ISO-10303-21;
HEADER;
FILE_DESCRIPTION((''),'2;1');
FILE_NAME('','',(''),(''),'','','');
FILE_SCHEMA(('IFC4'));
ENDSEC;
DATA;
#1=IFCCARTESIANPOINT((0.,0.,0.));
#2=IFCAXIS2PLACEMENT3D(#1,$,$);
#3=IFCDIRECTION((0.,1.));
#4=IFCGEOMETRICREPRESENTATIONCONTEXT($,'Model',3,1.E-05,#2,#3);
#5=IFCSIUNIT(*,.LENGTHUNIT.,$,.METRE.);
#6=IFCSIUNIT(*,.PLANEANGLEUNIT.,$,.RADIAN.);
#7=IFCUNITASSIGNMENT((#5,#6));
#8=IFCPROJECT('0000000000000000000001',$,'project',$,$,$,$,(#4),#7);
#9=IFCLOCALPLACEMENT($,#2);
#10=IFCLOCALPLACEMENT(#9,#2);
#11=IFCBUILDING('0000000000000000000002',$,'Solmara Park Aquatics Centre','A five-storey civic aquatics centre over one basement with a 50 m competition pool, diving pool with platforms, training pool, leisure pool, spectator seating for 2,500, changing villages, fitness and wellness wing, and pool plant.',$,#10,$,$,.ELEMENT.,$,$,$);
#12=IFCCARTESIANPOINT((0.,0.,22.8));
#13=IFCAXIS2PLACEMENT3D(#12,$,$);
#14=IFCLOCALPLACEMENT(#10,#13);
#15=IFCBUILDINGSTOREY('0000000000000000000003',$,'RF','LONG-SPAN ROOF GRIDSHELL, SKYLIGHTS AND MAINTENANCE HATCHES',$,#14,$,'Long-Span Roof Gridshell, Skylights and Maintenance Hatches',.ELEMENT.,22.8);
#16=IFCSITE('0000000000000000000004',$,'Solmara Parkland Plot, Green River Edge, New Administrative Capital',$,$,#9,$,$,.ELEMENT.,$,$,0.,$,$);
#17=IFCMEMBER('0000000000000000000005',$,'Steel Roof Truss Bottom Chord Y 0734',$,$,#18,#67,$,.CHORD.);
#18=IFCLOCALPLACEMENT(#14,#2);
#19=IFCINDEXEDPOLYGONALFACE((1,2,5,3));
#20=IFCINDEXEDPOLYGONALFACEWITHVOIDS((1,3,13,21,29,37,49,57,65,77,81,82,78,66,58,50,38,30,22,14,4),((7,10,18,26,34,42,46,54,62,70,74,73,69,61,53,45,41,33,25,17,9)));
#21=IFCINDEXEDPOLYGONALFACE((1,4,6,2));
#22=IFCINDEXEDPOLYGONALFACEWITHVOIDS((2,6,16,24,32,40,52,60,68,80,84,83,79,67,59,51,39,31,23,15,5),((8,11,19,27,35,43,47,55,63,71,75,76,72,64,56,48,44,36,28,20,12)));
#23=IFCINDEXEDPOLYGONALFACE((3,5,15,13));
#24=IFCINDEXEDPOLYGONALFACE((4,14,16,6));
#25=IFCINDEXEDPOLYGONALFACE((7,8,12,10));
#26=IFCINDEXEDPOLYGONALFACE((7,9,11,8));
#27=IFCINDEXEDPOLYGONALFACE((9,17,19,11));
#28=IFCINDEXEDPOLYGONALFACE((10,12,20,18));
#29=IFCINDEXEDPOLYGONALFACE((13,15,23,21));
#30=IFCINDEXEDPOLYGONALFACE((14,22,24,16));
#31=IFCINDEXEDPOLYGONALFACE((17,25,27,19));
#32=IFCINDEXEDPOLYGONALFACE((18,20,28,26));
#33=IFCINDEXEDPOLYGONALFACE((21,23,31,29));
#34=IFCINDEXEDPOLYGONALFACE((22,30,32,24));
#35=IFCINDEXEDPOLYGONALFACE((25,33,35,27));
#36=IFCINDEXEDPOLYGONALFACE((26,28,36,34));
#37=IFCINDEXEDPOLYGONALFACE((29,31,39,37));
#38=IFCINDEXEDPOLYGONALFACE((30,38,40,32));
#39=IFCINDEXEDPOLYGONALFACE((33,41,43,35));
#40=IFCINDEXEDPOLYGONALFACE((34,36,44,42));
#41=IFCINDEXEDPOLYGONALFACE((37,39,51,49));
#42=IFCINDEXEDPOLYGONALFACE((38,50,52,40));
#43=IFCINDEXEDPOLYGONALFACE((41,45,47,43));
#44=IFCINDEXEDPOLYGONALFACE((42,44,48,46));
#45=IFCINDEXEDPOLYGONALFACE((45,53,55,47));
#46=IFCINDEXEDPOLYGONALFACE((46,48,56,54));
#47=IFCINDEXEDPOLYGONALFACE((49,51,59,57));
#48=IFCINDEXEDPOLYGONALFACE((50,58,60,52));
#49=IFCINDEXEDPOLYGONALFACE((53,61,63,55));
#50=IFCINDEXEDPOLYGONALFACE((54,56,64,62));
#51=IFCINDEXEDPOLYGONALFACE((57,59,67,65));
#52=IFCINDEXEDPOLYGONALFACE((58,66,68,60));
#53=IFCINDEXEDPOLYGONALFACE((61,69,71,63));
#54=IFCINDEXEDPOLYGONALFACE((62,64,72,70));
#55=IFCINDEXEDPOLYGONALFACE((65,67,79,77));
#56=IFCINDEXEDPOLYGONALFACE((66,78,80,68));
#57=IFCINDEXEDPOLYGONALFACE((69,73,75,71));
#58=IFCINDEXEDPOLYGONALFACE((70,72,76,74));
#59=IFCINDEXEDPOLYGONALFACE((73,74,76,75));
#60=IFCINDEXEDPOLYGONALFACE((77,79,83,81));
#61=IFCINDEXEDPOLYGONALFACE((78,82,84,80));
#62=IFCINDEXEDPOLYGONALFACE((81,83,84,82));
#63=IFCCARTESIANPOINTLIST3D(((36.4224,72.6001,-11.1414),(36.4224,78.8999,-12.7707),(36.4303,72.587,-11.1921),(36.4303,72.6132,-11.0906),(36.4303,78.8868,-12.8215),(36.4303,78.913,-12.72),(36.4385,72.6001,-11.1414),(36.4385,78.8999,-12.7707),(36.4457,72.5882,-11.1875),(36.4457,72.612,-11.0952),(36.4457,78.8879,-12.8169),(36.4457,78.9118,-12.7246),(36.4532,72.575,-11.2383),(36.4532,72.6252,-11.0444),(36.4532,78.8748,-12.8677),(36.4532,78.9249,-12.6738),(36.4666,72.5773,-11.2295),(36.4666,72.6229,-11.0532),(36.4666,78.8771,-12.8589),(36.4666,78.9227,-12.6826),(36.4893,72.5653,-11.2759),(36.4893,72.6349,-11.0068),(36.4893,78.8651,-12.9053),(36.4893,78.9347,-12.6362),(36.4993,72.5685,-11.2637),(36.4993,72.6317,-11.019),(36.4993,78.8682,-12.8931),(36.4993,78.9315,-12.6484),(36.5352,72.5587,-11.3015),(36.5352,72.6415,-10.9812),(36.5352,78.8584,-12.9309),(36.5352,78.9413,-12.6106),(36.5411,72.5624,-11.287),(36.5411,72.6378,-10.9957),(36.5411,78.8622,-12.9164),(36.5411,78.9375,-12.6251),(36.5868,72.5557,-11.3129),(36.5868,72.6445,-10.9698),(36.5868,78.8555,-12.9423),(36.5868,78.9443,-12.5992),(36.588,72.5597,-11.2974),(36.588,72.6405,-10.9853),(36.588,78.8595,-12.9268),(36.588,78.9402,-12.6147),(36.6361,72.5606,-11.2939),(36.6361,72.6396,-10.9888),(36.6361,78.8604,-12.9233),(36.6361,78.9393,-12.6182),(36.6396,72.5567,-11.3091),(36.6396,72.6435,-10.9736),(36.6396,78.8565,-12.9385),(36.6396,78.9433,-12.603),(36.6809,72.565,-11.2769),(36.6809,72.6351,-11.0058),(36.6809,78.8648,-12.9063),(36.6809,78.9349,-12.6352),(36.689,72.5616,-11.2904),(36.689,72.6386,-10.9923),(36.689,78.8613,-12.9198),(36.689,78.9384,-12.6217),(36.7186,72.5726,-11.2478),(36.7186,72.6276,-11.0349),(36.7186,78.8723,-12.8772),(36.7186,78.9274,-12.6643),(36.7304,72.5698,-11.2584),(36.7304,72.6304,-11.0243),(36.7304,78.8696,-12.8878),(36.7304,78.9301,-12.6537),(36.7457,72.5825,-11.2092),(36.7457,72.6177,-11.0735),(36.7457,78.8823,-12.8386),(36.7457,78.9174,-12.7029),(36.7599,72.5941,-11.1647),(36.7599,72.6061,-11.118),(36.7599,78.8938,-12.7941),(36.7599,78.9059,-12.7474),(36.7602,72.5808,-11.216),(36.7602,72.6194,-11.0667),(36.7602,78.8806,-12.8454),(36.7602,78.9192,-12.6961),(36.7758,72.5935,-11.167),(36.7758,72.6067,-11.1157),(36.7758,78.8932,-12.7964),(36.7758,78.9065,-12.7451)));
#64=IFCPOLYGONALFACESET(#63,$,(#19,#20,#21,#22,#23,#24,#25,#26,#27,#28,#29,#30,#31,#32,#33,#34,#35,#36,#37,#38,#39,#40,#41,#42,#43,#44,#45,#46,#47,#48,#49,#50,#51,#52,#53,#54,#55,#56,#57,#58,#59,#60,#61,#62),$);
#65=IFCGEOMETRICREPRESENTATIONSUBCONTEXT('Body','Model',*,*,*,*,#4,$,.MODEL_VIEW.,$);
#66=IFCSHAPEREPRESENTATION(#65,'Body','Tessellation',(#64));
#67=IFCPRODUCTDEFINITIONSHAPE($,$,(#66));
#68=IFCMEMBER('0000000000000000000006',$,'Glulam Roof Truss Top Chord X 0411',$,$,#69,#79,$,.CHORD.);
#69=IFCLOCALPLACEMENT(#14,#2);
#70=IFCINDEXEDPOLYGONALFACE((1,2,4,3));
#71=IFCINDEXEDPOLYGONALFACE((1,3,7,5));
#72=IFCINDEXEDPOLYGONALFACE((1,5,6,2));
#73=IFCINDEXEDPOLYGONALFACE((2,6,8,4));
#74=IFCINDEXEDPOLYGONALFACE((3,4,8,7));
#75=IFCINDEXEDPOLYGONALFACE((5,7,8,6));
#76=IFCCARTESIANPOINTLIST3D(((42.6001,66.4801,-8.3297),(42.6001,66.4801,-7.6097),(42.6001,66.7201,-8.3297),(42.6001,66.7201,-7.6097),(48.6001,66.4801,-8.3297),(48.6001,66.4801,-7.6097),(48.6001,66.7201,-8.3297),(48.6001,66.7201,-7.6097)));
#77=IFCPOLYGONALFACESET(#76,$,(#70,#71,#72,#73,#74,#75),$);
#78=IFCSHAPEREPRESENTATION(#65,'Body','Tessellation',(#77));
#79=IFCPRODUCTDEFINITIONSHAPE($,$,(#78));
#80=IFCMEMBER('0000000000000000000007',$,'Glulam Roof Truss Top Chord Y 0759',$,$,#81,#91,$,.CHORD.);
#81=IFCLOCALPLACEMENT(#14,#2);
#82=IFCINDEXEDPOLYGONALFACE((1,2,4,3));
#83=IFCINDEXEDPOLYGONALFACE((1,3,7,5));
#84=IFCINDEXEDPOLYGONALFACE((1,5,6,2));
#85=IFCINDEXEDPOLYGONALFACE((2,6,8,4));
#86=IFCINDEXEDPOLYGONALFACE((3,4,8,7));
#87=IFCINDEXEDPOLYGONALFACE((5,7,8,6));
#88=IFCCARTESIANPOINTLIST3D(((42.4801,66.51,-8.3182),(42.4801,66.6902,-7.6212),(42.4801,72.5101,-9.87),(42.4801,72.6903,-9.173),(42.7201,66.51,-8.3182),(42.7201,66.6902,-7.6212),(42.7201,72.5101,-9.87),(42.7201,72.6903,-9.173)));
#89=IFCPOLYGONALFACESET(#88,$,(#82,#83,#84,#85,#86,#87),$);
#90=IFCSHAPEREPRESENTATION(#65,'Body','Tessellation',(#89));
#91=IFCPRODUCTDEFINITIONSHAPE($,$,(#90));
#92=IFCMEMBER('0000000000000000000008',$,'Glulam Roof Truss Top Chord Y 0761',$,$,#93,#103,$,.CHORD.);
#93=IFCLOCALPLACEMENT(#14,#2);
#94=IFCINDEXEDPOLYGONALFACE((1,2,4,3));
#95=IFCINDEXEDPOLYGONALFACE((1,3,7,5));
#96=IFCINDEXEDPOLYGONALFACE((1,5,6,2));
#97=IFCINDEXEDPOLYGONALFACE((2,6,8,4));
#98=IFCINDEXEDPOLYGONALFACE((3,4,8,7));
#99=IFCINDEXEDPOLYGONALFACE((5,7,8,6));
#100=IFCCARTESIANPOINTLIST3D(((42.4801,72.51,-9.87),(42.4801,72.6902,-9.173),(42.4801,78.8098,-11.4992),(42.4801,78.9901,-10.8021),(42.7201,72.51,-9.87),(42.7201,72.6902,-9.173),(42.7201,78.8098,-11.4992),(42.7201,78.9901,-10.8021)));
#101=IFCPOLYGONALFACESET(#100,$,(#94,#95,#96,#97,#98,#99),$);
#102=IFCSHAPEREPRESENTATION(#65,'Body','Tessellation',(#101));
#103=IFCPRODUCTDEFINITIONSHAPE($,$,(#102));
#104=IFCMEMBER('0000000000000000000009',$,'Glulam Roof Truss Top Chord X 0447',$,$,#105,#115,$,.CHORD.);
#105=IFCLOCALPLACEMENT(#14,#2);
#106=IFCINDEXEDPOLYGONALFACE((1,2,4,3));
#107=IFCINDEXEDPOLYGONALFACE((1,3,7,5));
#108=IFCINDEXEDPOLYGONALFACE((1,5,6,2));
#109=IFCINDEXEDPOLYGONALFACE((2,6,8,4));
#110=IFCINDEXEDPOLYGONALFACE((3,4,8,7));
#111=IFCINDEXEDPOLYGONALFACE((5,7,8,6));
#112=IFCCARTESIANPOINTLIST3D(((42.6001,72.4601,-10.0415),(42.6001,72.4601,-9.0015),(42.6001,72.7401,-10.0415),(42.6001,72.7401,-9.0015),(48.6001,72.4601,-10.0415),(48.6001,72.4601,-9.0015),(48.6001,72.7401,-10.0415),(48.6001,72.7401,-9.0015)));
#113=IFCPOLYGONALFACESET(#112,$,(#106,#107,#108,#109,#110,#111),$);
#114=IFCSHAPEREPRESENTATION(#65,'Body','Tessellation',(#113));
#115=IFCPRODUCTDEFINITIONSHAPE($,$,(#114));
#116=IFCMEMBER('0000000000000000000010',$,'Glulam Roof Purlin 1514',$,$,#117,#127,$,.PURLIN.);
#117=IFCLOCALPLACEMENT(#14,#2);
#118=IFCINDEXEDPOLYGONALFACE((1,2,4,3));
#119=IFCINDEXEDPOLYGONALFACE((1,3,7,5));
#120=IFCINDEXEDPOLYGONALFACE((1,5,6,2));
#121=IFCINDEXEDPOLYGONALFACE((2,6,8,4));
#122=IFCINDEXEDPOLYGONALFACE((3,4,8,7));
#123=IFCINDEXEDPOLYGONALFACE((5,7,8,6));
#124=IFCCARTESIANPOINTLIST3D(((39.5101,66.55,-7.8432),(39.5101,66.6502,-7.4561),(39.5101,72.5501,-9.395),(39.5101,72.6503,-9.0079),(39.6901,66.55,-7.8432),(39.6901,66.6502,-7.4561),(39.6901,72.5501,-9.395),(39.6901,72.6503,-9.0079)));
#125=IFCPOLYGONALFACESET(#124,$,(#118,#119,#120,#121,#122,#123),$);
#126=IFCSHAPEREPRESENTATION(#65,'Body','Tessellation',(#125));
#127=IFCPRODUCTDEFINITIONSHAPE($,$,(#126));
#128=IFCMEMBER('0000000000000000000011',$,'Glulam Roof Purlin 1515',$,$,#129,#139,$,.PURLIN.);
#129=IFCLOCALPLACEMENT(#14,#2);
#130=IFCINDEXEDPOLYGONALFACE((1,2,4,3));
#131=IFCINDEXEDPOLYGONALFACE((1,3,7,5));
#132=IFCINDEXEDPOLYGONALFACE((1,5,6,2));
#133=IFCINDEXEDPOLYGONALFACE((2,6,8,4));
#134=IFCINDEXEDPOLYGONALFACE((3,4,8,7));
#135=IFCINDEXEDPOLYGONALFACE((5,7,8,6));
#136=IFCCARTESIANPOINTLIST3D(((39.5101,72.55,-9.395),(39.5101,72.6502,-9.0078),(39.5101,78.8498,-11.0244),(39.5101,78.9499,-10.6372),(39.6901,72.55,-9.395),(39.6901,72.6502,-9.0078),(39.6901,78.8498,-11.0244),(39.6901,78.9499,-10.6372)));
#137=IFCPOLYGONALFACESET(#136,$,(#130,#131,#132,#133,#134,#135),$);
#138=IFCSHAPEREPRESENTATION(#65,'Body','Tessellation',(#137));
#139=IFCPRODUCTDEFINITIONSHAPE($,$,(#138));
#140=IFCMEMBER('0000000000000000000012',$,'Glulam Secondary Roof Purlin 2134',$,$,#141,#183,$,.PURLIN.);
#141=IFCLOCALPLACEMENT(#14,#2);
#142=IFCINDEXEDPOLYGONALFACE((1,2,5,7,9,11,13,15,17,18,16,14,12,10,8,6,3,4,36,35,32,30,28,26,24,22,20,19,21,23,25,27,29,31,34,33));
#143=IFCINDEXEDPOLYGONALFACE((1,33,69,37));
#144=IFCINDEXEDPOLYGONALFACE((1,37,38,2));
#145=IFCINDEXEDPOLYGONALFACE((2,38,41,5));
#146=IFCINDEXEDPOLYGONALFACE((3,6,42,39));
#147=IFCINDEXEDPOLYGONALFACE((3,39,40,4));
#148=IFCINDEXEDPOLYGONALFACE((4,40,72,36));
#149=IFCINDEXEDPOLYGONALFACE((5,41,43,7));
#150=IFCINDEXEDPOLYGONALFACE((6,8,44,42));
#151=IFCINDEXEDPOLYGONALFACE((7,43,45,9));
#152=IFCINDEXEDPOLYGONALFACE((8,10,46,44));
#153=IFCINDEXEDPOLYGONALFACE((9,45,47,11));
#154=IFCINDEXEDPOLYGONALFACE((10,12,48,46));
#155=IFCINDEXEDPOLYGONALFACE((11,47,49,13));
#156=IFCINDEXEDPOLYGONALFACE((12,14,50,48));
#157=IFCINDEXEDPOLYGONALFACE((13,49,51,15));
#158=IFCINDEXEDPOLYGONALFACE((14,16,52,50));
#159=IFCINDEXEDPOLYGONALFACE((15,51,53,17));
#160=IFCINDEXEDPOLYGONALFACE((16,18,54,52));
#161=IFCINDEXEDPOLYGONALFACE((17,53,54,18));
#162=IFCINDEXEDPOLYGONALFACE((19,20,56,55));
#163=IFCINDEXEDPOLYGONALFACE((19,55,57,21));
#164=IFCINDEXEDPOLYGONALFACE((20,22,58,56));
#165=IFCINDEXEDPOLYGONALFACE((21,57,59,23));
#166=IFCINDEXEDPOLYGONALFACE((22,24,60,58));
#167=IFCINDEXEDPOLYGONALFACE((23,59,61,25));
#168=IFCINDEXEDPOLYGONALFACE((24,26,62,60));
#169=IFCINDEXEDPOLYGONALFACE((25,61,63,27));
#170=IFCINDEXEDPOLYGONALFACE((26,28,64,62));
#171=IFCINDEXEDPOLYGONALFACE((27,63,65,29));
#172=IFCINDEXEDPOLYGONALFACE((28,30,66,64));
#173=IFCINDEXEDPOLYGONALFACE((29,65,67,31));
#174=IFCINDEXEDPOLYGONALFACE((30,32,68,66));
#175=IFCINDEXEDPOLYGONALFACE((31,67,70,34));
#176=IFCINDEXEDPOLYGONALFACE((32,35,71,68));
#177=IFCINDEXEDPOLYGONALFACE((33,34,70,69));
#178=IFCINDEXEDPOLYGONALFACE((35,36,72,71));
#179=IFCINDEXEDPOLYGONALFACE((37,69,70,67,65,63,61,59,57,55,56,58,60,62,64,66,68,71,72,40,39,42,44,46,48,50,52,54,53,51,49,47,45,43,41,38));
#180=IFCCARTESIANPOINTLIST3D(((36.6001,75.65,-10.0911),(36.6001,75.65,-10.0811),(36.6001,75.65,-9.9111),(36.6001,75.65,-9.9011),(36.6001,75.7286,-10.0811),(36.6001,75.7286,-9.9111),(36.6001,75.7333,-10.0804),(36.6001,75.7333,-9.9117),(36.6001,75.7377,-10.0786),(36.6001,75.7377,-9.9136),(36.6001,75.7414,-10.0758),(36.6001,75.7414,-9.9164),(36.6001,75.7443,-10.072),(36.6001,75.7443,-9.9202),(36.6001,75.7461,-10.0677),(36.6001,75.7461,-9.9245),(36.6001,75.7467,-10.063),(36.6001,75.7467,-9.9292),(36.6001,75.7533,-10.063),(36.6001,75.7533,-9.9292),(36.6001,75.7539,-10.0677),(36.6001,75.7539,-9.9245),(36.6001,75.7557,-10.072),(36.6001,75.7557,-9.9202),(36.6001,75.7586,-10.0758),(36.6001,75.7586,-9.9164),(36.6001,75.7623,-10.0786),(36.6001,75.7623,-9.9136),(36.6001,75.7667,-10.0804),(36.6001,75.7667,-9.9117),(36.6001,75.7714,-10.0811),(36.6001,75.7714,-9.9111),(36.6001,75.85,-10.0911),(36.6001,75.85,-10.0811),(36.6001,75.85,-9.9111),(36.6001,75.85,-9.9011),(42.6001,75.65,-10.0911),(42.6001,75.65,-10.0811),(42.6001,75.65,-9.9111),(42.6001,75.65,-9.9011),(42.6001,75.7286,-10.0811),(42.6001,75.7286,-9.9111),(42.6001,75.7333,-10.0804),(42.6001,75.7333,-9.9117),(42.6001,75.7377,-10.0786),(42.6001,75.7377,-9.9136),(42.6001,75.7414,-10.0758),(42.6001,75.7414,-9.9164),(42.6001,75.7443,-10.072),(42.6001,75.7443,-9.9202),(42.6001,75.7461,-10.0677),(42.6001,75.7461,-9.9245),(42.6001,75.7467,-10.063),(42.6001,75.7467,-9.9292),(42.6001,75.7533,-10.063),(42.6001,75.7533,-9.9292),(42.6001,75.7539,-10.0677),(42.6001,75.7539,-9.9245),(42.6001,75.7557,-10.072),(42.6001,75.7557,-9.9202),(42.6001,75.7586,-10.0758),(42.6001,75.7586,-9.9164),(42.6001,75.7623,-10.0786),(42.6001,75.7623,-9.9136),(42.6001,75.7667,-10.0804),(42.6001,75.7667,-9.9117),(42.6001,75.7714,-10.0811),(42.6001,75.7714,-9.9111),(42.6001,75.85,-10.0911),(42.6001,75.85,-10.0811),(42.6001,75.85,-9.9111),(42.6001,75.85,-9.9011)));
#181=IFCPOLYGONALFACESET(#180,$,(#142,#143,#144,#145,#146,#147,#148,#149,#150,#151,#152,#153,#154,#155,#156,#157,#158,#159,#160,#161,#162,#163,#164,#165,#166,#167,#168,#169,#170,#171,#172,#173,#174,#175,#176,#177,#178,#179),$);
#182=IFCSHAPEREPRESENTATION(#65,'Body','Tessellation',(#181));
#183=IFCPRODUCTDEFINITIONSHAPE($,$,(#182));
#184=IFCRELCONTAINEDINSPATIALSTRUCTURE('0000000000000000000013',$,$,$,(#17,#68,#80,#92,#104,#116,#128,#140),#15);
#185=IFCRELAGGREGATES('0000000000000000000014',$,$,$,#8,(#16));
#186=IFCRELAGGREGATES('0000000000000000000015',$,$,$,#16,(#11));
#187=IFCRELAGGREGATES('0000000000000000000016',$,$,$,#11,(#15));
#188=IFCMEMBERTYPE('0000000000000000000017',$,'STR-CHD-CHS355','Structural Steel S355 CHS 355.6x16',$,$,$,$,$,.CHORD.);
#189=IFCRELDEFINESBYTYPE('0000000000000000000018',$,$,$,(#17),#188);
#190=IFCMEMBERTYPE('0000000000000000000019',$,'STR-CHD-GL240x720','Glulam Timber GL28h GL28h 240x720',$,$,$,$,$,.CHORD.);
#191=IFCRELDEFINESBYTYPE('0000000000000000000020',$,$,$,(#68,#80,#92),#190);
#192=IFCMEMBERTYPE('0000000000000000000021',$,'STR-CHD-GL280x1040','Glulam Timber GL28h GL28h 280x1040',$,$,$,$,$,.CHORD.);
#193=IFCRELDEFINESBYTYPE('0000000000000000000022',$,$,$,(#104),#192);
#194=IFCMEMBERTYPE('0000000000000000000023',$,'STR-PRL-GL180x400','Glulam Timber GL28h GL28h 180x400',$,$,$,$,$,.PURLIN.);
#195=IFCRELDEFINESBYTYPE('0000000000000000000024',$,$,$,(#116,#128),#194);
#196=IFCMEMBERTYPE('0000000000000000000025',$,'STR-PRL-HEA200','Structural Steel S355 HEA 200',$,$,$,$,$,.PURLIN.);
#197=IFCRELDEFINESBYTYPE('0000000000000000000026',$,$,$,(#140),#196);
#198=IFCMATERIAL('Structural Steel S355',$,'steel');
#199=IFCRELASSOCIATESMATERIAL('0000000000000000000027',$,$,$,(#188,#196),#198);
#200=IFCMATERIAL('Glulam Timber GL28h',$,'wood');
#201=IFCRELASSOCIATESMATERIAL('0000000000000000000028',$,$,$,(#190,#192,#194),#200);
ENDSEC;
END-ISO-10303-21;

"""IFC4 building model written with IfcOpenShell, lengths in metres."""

from ifc_helpers import new_model, si_unit, direction, frame, origin, origin_2d, place, context, subcontext, project, spatial, rectangle, hollow_circle, i_section, extrude, material, material_profile, profile_set, type_object, element, save


model = new_model("IFC4")

# Units and contexts
model_context = context("Model", 3, precision=1e-05, world=origin(), true_north=direction((0.0, 1.0)))
body_context = subcontext(model_context, "Body", "Model", "MODEL_VIEW")
ifc_project = project(units=[si_unit("LENGTHUNIT", "METRE"), si_unit("PLANEANGLEUNIT", "RADIAN")], contexts=[model_context])

# Site, building, storey
site_placement = place(None, origin())
site = spatial("IfcSite", under=ifc_project, at=site_placement, Name="Solmara Parkland Plot, Green River Edge, New Administrative Capital", CompositionType="ELEMENT", RefElevation=0.0)
building_placement = place(site_placement, origin())
building = spatial("IfcBuilding", under=site, at=building_placement, Name="Solmara Park Aquatics Centre", Description="A five-storey civic aquatics centre over one basement with a 50 m competition pool, diving pool with platforms, training pool, leisure pool, spectator seating for 2,500, changing villages, fitness and wellness wing, and pool plant.", CompositionType="ELEMENT")
storey_placement = place(building_placement, frame((0.0, 0.0, 22.8)))
storey = spatial("IfcBuildingStorey", under=building, at=storey_placement, Name="RF", Description="LONG-SPAN ROOF GRIDSHELL, SKYLIGHTS AND MAINTENANCE HATCHES", LongName="Long-Span Roof Gridshell, Skylights and Maintenance Hatches", CompositionType="ELEMENT", Elevation=22.8)

# Members
ifc_material_1 = material(Name="Structural Steel S355", Category="steel")
ifc_material_profile_1 = material_profile(ifc_material_1, hollow_circle(Radius=0.1777, WallThickness=0.0161, at=origin_2d()), Name="CHS 355.6x16")
ifc_profile_set_1 = profile_set([ifc_material_profile_1], Name="Structural Steel S355")
member_type_1 = type_object("IfcMemberType", Name="STR-CHD-CHS355", Description="Structural Steel S355 CHS 355.6x16", PredefinedType="CHORD", material=ifc_profile_set_1)
member_1_placement = place(storey_placement, frame((36.6001, 72.6001, -11.1414), z_axis=(0.0, 0.968142, -0.250402), x_axis=(-1.0, 0.0, 0.0)))
element("IfcMember", 1, at=member_1_placement, inside=storey, type_object=member_type_1, Name="Steel Roof Truss Bottom Chord Y 0734", PredefinedType="CHORD", context=body_context, shape_type="SweptSolid", body=[
    extrude(hollow_circle(Radius=0.1777, WallThickness=0.0161, at=origin_2d()), origin(), (0.0, 0.0, 1.0), 6.5071),
])
ifc_material_2 = material(Name="Glulam Timber GL28h", Category="wood")
ifc_material_profile_2 = material_profile(ifc_material_2, rectangle(XDim=0.24, YDim=0.72, at=origin_2d()), Name="GL28h 240x720")
ifc_profile_set_2 = profile_set([ifc_material_profile_2], Name="Glulam Timber GL28h")
member_type_2 = type_object("IfcMemberType", Name="STR-CHD-GL240x720", Description="Glulam Timber GL28h GL28h 240x720", PredefinedType="CHORD", material=ifc_profile_set_2)
member_2_placement = place(storey_placement, frame((42.6001, 66.6001, -7.9697), z_axis=(1.0, 0.0, 0.0), x_axis=(0.0, 1.0, 0.0)))
element("IfcMember", 2, at=member_2_placement, inside=storey, type_object=member_type_2, Name="Glulam Roof Truss Top Chord X 0411", PredefinedType="CHORD", context=body_context, shape_type="SweptSolid", body=[
    extrude(rectangle(XDim=0.24, YDim=0.72, at=origin_2d()), origin(), (0.0, 0.0, 1.0), 6.0),
])
member_3_placement = place(storey_placement, frame((42.6001, 66.6001, -7.9697), z_axis=(0.0, 0.968146, -0.250388), x_axis=(-1.0, 0.0, 0.0)))
element("IfcMember", 3, at=member_3_placement, inside=storey, type_object=member_type_2, Name="Glulam Roof Truss Top Chord Y 0759", PredefinedType="CHORD", context=body_context, shape_type="SweptSolid", body=[
    extrude(rectangle(XDim=0.24, YDim=0.72, at=origin_2d()), origin(), (0.0, 0.0, 1.0), 6.1975),
])
member_4_placement = place(storey_placement, frame((42.6001, 72.6001, -9.5215), z_axis=(0.0, 0.968151, -0.250367), x_axis=(-1.0, 0.0, 0.0)))
element("IfcMember", 4, at=member_4_placement, inside=storey, type_object=member_type_2, Name="Glulam Roof Truss Top Chord Y 0761", PredefinedType="CHORD", context=body_context, shape_type="SweptSolid", body=[
    extrude(rectangle(XDim=0.24, YDim=0.72, at=origin_2d()), origin(), (0.0, 0.0, 1.0), 6.5071),
])
ifc_material_profile_3 = material_profile(ifc_material_2, rectangle(XDim=0.28, YDim=1.04, at=origin_2d()), Name="GL28h 280x1040")
ifc_profile_set_3 = profile_set([ifc_material_profile_3], Name="Glulam Timber GL28h")
member_type_3 = type_object("IfcMemberType", Name="STR-CHD-GL280x1040", Description="Glulam Timber GL28h GL28h 280x1040", PredefinedType="CHORD", material=ifc_profile_set_3)
member_5_placement = place(storey_placement, frame((42.6001, 72.6001, -9.5215), z_axis=(1.0, 0.0, 0.0), x_axis=(0.0, 1.0, 0.0)))
element("IfcMember", 5, at=member_5_placement, inside=storey, type_object=member_type_3, Name="Glulam Roof Truss Top Chord X 0447", PredefinedType="CHORD", context=body_context, shape_type="SweptSolid", body=[
    extrude(rectangle(XDim=0.28, YDim=1.04, at=origin_2d()), origin(), (0.0, 0.0, 1.0), 6.0),
])
ifc_material_profile_4 = material_profile(ifc_material_2, rectangle(XDim=0.1799, YDim=0.3999, at=origin_2d()), Name="GL28h 180x400")
ifc_profile_set_4 = profile_set([ifc_material_profile_4], Name="Glulam Timber GL28h")
member_type_4 = type_object("IfcMemberType", Name="STR-PRL-GL180x400", Description="Glulam Timber GL28h GL28h 180x400", PredefinedType="PURLIN", material=ifc_profile_set_4)
member_6_placement = place(storey_placement, frame((39.6001, 66.6001, -7.6497), z_axis=(0.0, 0.968146, -0.250388), x_axis=(-1.0, 0.0, 0.0)))
element("IfcMember", 6, at=member_6_placement, inside=storey, type_object=member_type_4, Name="Glulam Roof Purlin 1514", PredefinedType="PURLIN", context=body_context, shape_type="SweptSolid", body=[
    extrude(rectangle(XDim=0.1799, YDim=0.3999, at=origin_2d()), origin(), (0.0, 0.0, 1.0), 6.1975),
])
member_7_placement = place(storey_placement, frame((39.6001, 72.6001, -9.2014), z_axis=(0.0, 0.968142, -0.250402), x_axis=(-1.0, 0.0, 0.0)))
element("IfcMember", 7, at=member_7_placement, inside=storey, type_object=member_type_4, Name="Glulam Roof Purlin 1515", PredefinedType="PURLIN", context=body_context, shape_type="SweptSolid", body=[
    extrude(rectangle(XDim=0.1799, YDim=0.3999, at=origin_2d()), origin(), (0.0, 0.0, 1.0), 6.5071),
])
ifc_material_profile_5 = material_profile(ifc_material_1, i_section(OverallWidth=0.2, OverallDepth=0.1899, WebThickness=0.0066, FlangeThickness=0.01, FilletRadius=0.0181, at=origin_2d()), Name="HEA 200")
ifc_profile_set_5 = profile_set([ifc_material_profile_5], Name="Structural Steel S355")
member_type_5 = type_object("IfcMemberType", Name="STR-PRL-HEA200", Description="Structural Steel S355 HEA 200", PredefinedType="PURLIN", material=ifc_profile_set_5)
member_8_placement = place(storey_placement, frame((36.6001, 75.75, -9.9961), z_axis=(1.0, 0.0, 0.0), x_axis=(0.0, 1.0, 0.0)))
element("IfcMember", 8, at=member_8_placement, inside=storey, type_object=member_type_5, Name="Glulam Secondary Roof Purlin 2134", PredefinedType="PURLIN", context=body_context, shape_type="SweptSolid", body=[
    extrude(i_section(OverallWidth=0.2, OverallDepth=0.1899, WebThickness=0.0066, FlangeThickness=0.01, FilletRadius=0.0181, at=origin_2d()), origin(), (0.0, 0.0, 1.0), 6.0),
])

save(model, "model.ifc")
